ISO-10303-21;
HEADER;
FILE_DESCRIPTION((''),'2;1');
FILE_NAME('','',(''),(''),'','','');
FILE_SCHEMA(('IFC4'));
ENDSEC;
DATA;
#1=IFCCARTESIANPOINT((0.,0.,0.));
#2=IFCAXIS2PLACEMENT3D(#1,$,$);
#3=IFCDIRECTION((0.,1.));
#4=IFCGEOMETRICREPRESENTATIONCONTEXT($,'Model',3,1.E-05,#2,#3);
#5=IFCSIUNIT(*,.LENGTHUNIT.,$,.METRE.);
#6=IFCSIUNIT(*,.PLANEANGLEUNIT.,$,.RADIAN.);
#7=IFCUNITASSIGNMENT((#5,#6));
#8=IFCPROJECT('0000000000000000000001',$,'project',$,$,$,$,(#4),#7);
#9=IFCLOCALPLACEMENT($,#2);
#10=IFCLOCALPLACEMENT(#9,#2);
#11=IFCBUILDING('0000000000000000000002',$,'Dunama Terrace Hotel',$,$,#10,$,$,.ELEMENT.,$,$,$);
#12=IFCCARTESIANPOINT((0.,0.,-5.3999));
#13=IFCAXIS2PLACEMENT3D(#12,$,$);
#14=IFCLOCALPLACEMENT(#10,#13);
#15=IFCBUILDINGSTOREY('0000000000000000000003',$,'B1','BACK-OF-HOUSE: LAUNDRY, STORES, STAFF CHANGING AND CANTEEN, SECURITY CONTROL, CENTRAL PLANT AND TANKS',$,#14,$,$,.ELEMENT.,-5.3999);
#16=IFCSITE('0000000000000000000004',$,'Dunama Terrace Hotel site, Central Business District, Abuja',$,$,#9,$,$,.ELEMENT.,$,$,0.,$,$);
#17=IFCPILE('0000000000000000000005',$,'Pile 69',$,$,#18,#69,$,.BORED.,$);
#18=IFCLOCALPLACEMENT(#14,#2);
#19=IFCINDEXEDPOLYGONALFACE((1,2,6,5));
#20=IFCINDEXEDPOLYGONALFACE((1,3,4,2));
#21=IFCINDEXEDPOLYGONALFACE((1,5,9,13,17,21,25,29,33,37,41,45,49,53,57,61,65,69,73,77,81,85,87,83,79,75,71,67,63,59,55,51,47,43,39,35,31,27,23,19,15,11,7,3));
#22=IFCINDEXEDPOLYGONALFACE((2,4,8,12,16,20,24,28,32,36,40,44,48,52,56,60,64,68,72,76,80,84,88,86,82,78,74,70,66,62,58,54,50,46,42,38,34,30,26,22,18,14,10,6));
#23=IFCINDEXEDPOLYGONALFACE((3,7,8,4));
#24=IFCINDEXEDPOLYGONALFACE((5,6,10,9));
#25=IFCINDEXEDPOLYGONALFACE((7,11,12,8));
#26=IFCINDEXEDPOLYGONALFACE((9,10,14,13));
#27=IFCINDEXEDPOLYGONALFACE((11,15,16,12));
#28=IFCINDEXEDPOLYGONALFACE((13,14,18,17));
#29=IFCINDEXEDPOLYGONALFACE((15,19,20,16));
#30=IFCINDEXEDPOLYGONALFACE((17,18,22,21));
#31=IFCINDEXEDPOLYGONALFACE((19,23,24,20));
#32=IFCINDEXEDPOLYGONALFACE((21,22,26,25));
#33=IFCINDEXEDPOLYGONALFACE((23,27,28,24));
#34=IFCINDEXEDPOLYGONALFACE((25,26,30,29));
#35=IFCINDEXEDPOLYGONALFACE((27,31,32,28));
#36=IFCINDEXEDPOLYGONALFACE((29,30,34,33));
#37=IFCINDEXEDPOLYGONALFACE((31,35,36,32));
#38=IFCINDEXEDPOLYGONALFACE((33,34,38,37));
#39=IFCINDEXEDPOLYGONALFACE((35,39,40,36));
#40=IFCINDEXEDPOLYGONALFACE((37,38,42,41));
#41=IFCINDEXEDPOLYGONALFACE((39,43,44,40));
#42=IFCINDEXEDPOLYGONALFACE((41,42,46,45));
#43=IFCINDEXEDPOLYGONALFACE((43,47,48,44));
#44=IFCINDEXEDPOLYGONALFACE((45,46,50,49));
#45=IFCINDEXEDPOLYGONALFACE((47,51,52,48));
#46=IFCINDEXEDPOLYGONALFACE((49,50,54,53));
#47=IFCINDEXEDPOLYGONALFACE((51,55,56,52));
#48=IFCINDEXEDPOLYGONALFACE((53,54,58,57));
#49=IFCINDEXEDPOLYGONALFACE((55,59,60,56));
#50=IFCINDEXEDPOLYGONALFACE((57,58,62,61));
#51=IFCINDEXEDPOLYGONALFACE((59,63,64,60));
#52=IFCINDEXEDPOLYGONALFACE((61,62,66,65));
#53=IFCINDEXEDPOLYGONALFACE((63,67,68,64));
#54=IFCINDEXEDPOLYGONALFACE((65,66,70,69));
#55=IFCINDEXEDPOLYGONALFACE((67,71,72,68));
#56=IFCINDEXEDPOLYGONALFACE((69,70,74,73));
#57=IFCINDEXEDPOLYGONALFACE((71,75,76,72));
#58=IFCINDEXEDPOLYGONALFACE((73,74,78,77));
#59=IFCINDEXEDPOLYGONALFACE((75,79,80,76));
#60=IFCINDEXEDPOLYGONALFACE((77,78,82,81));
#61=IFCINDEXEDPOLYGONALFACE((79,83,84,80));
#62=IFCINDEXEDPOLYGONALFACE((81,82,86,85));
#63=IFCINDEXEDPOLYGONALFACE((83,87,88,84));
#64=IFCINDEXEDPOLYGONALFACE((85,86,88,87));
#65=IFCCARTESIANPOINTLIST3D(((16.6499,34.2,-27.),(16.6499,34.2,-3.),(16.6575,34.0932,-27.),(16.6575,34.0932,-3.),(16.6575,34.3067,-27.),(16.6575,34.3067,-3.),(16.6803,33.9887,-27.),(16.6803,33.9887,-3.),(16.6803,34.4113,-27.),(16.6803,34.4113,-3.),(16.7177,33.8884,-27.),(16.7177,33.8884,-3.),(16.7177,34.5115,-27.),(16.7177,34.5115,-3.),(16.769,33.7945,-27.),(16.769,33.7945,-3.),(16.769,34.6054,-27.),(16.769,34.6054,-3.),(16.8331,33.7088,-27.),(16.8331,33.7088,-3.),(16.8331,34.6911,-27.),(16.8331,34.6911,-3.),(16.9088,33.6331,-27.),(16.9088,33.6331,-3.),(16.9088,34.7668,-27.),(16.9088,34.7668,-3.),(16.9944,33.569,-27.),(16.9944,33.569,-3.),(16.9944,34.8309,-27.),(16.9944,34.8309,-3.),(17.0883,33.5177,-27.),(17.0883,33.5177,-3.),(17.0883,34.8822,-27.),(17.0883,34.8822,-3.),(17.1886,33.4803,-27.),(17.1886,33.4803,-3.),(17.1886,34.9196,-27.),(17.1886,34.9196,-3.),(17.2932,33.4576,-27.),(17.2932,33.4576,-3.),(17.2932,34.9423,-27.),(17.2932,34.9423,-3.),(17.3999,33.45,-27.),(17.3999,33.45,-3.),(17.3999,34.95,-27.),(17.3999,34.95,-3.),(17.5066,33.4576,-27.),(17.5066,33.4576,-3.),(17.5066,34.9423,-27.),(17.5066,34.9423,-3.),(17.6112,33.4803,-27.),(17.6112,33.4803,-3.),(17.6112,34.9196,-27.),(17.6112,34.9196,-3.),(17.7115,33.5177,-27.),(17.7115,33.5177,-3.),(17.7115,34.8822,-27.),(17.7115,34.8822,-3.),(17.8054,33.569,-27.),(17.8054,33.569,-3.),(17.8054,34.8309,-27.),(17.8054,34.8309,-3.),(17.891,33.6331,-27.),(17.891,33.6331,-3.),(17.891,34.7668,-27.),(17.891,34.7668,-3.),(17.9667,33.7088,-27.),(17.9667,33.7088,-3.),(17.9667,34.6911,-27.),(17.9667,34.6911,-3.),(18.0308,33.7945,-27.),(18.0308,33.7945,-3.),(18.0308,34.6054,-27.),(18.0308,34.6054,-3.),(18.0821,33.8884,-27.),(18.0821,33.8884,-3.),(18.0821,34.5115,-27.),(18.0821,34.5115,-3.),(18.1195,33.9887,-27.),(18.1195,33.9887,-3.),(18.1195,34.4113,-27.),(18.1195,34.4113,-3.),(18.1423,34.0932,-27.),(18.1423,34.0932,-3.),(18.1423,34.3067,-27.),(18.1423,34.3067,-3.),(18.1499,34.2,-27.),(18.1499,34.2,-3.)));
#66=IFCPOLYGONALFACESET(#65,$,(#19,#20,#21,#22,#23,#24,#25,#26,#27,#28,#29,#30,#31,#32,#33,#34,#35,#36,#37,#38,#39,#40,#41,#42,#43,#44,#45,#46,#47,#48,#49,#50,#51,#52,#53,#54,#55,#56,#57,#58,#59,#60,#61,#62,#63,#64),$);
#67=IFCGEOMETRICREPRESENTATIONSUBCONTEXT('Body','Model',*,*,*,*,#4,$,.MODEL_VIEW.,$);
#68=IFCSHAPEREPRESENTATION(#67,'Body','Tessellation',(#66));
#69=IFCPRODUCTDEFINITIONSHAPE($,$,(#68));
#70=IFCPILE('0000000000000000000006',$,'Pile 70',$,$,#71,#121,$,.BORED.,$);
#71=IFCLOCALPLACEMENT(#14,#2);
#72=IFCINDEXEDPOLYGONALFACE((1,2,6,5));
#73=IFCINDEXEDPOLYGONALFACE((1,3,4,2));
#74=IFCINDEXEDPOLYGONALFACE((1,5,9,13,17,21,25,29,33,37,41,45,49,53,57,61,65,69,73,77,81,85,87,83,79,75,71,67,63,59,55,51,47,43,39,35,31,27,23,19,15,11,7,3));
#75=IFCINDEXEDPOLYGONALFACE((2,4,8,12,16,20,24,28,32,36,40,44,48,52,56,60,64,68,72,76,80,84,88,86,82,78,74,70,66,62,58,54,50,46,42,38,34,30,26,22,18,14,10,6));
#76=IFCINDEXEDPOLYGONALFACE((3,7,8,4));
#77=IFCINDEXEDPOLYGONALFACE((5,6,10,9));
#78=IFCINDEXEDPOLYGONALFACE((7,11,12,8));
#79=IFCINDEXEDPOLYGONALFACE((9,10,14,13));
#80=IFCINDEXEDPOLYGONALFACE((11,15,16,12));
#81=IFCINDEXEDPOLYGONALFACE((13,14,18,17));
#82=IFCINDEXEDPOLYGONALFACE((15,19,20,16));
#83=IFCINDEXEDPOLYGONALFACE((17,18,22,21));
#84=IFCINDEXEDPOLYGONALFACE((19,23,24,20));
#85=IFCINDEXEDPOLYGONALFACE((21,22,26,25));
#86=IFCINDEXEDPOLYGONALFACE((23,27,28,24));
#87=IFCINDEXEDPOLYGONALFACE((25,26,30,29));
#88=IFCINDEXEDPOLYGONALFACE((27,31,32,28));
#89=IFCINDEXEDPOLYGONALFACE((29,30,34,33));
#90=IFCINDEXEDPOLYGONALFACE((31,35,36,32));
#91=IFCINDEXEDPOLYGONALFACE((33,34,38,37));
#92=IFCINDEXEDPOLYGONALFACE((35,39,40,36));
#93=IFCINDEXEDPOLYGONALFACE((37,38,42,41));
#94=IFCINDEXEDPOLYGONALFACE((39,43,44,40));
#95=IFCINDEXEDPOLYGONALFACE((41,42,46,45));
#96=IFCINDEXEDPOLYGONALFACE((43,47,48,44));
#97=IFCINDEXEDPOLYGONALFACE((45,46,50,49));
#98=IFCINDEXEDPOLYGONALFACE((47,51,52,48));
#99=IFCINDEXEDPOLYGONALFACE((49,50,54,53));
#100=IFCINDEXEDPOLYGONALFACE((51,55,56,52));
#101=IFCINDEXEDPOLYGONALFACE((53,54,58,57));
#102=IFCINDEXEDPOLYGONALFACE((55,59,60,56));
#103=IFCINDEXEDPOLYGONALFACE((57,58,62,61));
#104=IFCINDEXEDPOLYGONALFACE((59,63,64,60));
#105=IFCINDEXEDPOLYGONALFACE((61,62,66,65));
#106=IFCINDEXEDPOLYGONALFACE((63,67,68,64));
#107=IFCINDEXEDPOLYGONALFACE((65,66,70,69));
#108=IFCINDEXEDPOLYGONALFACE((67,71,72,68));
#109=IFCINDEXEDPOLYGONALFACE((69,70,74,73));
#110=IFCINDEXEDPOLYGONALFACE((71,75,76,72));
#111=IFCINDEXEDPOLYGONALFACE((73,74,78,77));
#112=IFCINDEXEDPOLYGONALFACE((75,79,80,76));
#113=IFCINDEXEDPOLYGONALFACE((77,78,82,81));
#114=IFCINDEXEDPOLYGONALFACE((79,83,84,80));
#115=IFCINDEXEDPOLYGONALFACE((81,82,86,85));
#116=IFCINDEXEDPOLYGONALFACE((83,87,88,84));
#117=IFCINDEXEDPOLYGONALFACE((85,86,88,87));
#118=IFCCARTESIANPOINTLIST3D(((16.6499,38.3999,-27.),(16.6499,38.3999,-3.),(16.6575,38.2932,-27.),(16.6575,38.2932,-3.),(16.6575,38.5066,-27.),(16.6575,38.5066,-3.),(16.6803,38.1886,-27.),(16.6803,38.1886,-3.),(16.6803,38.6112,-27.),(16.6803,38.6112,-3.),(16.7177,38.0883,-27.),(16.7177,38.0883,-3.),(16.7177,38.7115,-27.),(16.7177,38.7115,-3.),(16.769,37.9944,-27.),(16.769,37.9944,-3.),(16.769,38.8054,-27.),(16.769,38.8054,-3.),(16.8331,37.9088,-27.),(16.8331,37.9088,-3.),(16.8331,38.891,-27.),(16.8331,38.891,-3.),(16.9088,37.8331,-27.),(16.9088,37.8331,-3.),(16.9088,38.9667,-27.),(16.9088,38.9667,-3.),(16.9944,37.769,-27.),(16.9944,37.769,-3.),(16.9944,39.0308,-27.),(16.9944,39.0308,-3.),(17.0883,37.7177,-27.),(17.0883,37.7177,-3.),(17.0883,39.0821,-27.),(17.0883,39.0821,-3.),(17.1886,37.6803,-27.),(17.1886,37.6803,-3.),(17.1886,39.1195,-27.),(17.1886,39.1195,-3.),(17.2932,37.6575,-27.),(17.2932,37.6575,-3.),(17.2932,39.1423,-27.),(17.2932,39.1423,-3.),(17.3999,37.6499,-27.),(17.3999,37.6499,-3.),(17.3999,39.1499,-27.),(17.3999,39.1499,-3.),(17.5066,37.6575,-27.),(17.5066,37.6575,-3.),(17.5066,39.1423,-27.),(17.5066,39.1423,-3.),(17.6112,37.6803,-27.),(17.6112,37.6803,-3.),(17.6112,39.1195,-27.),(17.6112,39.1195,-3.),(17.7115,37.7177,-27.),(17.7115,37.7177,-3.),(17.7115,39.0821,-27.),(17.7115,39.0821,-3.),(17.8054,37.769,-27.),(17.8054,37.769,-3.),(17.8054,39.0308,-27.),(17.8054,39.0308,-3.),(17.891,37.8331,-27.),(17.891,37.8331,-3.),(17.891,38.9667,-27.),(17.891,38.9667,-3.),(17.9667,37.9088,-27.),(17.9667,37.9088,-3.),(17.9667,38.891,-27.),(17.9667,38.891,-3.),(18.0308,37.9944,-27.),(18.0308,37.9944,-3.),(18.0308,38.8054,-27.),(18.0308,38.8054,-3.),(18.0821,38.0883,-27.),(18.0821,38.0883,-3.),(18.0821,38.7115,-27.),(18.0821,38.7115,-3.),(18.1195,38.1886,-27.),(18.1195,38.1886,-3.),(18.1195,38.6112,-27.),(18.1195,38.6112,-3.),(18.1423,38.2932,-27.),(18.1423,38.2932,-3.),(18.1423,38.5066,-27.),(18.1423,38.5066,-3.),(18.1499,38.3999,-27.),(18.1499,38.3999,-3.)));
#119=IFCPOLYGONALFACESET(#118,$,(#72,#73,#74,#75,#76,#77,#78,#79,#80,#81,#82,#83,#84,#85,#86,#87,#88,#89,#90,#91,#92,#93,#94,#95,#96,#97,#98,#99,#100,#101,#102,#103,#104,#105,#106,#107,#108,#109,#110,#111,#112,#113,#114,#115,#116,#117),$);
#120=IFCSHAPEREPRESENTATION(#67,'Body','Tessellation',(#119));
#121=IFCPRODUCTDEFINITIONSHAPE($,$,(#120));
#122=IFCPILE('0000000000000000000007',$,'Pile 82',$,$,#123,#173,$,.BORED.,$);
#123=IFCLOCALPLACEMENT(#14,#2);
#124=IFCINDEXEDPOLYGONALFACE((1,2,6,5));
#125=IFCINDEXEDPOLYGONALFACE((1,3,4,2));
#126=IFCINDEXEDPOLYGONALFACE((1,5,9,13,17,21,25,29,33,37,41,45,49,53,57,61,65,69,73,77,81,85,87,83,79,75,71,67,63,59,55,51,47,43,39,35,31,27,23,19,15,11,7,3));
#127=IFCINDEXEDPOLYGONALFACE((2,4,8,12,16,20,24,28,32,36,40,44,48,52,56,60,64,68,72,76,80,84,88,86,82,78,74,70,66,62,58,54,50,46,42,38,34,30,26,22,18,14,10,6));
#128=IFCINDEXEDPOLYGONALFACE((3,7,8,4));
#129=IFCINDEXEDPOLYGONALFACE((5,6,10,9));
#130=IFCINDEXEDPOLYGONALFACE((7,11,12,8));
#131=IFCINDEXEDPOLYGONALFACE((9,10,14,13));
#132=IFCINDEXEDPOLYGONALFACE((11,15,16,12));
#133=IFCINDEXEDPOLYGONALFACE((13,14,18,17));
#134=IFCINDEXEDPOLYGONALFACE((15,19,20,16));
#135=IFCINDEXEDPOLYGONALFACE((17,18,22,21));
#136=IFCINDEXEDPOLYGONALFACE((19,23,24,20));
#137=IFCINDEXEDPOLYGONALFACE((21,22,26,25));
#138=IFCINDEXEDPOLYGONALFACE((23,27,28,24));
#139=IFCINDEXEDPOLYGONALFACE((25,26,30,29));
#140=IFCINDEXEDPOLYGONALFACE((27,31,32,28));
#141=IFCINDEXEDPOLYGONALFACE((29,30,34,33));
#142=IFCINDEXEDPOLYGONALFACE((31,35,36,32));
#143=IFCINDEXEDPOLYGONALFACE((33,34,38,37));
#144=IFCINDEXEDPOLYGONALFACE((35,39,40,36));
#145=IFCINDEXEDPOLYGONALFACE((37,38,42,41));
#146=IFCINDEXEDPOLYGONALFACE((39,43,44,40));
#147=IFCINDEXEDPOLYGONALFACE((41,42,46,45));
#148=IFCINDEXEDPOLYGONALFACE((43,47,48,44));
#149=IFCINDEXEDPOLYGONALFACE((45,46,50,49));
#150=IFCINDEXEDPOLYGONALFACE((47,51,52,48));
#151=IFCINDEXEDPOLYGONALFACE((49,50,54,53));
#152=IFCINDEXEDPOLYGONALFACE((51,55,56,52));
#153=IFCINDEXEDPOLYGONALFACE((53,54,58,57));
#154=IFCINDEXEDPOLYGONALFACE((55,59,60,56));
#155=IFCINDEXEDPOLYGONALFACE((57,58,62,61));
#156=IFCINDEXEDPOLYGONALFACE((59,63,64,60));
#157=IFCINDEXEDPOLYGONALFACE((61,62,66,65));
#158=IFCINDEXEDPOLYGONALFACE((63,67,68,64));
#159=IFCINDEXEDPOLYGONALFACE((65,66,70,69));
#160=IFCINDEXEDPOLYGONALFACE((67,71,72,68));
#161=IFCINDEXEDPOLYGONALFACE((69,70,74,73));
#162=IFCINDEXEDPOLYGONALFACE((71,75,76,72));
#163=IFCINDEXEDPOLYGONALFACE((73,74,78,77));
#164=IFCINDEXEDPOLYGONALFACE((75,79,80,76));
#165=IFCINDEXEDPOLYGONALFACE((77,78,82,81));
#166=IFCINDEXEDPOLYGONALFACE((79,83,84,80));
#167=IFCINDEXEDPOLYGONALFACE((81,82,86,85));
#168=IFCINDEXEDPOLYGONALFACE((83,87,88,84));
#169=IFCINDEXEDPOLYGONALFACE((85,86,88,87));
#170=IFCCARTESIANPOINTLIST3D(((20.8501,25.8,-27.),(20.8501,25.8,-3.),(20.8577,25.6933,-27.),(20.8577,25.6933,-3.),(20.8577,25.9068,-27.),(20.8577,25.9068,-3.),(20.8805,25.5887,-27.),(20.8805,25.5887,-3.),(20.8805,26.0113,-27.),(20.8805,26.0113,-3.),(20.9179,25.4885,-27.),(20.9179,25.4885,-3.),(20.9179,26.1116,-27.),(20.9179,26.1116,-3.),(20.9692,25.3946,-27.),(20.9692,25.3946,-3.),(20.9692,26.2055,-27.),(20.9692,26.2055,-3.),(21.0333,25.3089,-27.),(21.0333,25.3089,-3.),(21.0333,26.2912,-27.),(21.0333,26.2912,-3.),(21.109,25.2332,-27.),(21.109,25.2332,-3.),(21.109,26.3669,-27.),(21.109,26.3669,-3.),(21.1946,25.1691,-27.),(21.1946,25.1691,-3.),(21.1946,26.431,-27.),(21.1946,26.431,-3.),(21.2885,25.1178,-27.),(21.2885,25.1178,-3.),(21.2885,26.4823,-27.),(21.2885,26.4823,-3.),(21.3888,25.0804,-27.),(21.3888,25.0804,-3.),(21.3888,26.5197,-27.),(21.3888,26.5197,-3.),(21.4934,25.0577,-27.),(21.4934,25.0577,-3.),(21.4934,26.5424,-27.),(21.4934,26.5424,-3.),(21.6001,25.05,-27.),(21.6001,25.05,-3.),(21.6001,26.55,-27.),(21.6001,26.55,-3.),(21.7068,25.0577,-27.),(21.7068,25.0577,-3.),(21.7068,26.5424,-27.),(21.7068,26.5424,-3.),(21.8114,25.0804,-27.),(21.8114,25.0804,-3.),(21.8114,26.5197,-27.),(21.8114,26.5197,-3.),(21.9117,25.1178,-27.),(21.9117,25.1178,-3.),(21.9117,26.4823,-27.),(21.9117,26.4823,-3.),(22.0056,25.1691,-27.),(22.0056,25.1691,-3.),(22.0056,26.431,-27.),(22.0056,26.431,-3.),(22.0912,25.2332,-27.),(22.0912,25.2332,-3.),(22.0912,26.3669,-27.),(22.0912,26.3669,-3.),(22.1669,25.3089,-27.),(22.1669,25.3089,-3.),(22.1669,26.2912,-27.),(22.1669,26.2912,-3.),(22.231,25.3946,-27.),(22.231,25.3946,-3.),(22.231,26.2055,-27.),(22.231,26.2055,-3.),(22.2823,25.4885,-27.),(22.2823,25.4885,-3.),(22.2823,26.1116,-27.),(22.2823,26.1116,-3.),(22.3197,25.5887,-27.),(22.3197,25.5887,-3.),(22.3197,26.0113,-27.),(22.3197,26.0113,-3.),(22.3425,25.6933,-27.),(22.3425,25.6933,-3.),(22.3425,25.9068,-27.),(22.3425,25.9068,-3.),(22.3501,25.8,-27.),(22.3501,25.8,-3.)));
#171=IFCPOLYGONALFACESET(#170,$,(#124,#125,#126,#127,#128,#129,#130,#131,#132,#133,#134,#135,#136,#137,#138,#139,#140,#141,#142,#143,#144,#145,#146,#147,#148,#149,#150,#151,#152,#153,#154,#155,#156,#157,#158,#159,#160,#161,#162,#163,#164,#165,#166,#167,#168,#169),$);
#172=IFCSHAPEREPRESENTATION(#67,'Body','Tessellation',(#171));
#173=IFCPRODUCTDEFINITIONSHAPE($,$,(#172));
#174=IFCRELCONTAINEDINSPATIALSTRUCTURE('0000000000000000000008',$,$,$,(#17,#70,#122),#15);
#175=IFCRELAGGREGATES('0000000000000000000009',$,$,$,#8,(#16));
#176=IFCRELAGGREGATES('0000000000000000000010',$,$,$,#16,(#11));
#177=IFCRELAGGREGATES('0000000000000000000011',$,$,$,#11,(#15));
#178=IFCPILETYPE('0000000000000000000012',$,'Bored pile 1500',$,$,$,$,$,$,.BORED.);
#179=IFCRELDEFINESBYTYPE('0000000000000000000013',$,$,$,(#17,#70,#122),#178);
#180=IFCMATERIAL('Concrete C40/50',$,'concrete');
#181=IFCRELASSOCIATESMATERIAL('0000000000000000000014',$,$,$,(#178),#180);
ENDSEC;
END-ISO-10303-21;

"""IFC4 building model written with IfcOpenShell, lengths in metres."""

from ifc_helpers import new_model, si_unit, direction, frame, origin, origin_2d, place, context, subcontext, project, spatial, circle, extrude, material, material_profile, profile_set, type_object, element, save


model = new_model("IFC4")

# Units and contexts
model_context = context("Model", 3, precision=1e-05, world=origin(), true_north=direction((0.0, 1.0)))
body_context = subcontext(model_context, "Body", "Model", "MODEL_VIEW")
ifc_project = project(units=[si_unit("LENGTHUNIT", "METRE"), si_unit("PLANEANGLEUNIT", "RADIAN")], contexts=[model_context])

# Site, building, storey
site_placement = place(None, origin())
site = spatial("IfcSite", under=ifc_project, at=site_placement, Name="Dunama Terrace Hotel site, Central Business District, Abuja", CompositionType="ELEMENT", RefElevation=0.0)
building_placement = place(site_placement, origin())
building = spatial("IfcBuilding", under=site, at=building_placement, Name="Dunama Terrace Hotel", CompositionType="ELEMENT")
storey_placement = place(building_placement, frame((0.0, 0.0, -5.3999)))
storey = spatial("IfcBuildingStorey", under=building, at=storey_placement, Name="B1", Description="BACK-OF-HOUSE: LAUNDRY, STORES, STAFF CHANGING AND CANTEEN, SECURITY CONTROL, CENTRAL PLANT AND TANKS", CompositionType="ELEMENT", Elevation=-5.3999)

# Piles
ifc_material_1 = material(Name="Concrete C40/50", Category="concrete")
ifc_material_profile_1 = material_profile(ifc_material_1, circle(Radius=0.75, at=origin_2d()), Name="PILE D1500")
ifc_profile_set_1 = profile_set([ifc_material_profile_1], Name="Concrete C40/50")
pile_type = type_object("IfcPileType", Name="Bored pile 1500", PredefinedType="BORED", material=ifc_profile_set_1)
for number, where, z_axis, x_axis, name in (
    (1, (17.3999, 34.2, -3.0), (0.0, 0.0, -1.0), (1.0, 0.0, 0.0), "Pile 69"),
    (2, (17.3999, 38.3999, -3.0), (0.0, 0.0, -1.0), (1.0, 0.0, 0.0), "Pile 70"),
    (3, (21.6001, 25.8, -3.0), (0.0, 0.0, -1.0), (1.0, 0.0, 0.0), "Pile 82"),
):
    element("IfcPile", number, at=place(storey_placement, frame(where, z_axis=z_axis, x_axis=x_axis)), inside=storey, type_object=pile_type, Name=name, PredefinedType="BORED", context=body_context, shape_type="SweptSolid", body=[
        extrude(circle(Radius=0.75, at=origin_2d()), origin(), (0.0, 0.0, 1.0), 24.0),
    ])

save(model, "model.ifc")
